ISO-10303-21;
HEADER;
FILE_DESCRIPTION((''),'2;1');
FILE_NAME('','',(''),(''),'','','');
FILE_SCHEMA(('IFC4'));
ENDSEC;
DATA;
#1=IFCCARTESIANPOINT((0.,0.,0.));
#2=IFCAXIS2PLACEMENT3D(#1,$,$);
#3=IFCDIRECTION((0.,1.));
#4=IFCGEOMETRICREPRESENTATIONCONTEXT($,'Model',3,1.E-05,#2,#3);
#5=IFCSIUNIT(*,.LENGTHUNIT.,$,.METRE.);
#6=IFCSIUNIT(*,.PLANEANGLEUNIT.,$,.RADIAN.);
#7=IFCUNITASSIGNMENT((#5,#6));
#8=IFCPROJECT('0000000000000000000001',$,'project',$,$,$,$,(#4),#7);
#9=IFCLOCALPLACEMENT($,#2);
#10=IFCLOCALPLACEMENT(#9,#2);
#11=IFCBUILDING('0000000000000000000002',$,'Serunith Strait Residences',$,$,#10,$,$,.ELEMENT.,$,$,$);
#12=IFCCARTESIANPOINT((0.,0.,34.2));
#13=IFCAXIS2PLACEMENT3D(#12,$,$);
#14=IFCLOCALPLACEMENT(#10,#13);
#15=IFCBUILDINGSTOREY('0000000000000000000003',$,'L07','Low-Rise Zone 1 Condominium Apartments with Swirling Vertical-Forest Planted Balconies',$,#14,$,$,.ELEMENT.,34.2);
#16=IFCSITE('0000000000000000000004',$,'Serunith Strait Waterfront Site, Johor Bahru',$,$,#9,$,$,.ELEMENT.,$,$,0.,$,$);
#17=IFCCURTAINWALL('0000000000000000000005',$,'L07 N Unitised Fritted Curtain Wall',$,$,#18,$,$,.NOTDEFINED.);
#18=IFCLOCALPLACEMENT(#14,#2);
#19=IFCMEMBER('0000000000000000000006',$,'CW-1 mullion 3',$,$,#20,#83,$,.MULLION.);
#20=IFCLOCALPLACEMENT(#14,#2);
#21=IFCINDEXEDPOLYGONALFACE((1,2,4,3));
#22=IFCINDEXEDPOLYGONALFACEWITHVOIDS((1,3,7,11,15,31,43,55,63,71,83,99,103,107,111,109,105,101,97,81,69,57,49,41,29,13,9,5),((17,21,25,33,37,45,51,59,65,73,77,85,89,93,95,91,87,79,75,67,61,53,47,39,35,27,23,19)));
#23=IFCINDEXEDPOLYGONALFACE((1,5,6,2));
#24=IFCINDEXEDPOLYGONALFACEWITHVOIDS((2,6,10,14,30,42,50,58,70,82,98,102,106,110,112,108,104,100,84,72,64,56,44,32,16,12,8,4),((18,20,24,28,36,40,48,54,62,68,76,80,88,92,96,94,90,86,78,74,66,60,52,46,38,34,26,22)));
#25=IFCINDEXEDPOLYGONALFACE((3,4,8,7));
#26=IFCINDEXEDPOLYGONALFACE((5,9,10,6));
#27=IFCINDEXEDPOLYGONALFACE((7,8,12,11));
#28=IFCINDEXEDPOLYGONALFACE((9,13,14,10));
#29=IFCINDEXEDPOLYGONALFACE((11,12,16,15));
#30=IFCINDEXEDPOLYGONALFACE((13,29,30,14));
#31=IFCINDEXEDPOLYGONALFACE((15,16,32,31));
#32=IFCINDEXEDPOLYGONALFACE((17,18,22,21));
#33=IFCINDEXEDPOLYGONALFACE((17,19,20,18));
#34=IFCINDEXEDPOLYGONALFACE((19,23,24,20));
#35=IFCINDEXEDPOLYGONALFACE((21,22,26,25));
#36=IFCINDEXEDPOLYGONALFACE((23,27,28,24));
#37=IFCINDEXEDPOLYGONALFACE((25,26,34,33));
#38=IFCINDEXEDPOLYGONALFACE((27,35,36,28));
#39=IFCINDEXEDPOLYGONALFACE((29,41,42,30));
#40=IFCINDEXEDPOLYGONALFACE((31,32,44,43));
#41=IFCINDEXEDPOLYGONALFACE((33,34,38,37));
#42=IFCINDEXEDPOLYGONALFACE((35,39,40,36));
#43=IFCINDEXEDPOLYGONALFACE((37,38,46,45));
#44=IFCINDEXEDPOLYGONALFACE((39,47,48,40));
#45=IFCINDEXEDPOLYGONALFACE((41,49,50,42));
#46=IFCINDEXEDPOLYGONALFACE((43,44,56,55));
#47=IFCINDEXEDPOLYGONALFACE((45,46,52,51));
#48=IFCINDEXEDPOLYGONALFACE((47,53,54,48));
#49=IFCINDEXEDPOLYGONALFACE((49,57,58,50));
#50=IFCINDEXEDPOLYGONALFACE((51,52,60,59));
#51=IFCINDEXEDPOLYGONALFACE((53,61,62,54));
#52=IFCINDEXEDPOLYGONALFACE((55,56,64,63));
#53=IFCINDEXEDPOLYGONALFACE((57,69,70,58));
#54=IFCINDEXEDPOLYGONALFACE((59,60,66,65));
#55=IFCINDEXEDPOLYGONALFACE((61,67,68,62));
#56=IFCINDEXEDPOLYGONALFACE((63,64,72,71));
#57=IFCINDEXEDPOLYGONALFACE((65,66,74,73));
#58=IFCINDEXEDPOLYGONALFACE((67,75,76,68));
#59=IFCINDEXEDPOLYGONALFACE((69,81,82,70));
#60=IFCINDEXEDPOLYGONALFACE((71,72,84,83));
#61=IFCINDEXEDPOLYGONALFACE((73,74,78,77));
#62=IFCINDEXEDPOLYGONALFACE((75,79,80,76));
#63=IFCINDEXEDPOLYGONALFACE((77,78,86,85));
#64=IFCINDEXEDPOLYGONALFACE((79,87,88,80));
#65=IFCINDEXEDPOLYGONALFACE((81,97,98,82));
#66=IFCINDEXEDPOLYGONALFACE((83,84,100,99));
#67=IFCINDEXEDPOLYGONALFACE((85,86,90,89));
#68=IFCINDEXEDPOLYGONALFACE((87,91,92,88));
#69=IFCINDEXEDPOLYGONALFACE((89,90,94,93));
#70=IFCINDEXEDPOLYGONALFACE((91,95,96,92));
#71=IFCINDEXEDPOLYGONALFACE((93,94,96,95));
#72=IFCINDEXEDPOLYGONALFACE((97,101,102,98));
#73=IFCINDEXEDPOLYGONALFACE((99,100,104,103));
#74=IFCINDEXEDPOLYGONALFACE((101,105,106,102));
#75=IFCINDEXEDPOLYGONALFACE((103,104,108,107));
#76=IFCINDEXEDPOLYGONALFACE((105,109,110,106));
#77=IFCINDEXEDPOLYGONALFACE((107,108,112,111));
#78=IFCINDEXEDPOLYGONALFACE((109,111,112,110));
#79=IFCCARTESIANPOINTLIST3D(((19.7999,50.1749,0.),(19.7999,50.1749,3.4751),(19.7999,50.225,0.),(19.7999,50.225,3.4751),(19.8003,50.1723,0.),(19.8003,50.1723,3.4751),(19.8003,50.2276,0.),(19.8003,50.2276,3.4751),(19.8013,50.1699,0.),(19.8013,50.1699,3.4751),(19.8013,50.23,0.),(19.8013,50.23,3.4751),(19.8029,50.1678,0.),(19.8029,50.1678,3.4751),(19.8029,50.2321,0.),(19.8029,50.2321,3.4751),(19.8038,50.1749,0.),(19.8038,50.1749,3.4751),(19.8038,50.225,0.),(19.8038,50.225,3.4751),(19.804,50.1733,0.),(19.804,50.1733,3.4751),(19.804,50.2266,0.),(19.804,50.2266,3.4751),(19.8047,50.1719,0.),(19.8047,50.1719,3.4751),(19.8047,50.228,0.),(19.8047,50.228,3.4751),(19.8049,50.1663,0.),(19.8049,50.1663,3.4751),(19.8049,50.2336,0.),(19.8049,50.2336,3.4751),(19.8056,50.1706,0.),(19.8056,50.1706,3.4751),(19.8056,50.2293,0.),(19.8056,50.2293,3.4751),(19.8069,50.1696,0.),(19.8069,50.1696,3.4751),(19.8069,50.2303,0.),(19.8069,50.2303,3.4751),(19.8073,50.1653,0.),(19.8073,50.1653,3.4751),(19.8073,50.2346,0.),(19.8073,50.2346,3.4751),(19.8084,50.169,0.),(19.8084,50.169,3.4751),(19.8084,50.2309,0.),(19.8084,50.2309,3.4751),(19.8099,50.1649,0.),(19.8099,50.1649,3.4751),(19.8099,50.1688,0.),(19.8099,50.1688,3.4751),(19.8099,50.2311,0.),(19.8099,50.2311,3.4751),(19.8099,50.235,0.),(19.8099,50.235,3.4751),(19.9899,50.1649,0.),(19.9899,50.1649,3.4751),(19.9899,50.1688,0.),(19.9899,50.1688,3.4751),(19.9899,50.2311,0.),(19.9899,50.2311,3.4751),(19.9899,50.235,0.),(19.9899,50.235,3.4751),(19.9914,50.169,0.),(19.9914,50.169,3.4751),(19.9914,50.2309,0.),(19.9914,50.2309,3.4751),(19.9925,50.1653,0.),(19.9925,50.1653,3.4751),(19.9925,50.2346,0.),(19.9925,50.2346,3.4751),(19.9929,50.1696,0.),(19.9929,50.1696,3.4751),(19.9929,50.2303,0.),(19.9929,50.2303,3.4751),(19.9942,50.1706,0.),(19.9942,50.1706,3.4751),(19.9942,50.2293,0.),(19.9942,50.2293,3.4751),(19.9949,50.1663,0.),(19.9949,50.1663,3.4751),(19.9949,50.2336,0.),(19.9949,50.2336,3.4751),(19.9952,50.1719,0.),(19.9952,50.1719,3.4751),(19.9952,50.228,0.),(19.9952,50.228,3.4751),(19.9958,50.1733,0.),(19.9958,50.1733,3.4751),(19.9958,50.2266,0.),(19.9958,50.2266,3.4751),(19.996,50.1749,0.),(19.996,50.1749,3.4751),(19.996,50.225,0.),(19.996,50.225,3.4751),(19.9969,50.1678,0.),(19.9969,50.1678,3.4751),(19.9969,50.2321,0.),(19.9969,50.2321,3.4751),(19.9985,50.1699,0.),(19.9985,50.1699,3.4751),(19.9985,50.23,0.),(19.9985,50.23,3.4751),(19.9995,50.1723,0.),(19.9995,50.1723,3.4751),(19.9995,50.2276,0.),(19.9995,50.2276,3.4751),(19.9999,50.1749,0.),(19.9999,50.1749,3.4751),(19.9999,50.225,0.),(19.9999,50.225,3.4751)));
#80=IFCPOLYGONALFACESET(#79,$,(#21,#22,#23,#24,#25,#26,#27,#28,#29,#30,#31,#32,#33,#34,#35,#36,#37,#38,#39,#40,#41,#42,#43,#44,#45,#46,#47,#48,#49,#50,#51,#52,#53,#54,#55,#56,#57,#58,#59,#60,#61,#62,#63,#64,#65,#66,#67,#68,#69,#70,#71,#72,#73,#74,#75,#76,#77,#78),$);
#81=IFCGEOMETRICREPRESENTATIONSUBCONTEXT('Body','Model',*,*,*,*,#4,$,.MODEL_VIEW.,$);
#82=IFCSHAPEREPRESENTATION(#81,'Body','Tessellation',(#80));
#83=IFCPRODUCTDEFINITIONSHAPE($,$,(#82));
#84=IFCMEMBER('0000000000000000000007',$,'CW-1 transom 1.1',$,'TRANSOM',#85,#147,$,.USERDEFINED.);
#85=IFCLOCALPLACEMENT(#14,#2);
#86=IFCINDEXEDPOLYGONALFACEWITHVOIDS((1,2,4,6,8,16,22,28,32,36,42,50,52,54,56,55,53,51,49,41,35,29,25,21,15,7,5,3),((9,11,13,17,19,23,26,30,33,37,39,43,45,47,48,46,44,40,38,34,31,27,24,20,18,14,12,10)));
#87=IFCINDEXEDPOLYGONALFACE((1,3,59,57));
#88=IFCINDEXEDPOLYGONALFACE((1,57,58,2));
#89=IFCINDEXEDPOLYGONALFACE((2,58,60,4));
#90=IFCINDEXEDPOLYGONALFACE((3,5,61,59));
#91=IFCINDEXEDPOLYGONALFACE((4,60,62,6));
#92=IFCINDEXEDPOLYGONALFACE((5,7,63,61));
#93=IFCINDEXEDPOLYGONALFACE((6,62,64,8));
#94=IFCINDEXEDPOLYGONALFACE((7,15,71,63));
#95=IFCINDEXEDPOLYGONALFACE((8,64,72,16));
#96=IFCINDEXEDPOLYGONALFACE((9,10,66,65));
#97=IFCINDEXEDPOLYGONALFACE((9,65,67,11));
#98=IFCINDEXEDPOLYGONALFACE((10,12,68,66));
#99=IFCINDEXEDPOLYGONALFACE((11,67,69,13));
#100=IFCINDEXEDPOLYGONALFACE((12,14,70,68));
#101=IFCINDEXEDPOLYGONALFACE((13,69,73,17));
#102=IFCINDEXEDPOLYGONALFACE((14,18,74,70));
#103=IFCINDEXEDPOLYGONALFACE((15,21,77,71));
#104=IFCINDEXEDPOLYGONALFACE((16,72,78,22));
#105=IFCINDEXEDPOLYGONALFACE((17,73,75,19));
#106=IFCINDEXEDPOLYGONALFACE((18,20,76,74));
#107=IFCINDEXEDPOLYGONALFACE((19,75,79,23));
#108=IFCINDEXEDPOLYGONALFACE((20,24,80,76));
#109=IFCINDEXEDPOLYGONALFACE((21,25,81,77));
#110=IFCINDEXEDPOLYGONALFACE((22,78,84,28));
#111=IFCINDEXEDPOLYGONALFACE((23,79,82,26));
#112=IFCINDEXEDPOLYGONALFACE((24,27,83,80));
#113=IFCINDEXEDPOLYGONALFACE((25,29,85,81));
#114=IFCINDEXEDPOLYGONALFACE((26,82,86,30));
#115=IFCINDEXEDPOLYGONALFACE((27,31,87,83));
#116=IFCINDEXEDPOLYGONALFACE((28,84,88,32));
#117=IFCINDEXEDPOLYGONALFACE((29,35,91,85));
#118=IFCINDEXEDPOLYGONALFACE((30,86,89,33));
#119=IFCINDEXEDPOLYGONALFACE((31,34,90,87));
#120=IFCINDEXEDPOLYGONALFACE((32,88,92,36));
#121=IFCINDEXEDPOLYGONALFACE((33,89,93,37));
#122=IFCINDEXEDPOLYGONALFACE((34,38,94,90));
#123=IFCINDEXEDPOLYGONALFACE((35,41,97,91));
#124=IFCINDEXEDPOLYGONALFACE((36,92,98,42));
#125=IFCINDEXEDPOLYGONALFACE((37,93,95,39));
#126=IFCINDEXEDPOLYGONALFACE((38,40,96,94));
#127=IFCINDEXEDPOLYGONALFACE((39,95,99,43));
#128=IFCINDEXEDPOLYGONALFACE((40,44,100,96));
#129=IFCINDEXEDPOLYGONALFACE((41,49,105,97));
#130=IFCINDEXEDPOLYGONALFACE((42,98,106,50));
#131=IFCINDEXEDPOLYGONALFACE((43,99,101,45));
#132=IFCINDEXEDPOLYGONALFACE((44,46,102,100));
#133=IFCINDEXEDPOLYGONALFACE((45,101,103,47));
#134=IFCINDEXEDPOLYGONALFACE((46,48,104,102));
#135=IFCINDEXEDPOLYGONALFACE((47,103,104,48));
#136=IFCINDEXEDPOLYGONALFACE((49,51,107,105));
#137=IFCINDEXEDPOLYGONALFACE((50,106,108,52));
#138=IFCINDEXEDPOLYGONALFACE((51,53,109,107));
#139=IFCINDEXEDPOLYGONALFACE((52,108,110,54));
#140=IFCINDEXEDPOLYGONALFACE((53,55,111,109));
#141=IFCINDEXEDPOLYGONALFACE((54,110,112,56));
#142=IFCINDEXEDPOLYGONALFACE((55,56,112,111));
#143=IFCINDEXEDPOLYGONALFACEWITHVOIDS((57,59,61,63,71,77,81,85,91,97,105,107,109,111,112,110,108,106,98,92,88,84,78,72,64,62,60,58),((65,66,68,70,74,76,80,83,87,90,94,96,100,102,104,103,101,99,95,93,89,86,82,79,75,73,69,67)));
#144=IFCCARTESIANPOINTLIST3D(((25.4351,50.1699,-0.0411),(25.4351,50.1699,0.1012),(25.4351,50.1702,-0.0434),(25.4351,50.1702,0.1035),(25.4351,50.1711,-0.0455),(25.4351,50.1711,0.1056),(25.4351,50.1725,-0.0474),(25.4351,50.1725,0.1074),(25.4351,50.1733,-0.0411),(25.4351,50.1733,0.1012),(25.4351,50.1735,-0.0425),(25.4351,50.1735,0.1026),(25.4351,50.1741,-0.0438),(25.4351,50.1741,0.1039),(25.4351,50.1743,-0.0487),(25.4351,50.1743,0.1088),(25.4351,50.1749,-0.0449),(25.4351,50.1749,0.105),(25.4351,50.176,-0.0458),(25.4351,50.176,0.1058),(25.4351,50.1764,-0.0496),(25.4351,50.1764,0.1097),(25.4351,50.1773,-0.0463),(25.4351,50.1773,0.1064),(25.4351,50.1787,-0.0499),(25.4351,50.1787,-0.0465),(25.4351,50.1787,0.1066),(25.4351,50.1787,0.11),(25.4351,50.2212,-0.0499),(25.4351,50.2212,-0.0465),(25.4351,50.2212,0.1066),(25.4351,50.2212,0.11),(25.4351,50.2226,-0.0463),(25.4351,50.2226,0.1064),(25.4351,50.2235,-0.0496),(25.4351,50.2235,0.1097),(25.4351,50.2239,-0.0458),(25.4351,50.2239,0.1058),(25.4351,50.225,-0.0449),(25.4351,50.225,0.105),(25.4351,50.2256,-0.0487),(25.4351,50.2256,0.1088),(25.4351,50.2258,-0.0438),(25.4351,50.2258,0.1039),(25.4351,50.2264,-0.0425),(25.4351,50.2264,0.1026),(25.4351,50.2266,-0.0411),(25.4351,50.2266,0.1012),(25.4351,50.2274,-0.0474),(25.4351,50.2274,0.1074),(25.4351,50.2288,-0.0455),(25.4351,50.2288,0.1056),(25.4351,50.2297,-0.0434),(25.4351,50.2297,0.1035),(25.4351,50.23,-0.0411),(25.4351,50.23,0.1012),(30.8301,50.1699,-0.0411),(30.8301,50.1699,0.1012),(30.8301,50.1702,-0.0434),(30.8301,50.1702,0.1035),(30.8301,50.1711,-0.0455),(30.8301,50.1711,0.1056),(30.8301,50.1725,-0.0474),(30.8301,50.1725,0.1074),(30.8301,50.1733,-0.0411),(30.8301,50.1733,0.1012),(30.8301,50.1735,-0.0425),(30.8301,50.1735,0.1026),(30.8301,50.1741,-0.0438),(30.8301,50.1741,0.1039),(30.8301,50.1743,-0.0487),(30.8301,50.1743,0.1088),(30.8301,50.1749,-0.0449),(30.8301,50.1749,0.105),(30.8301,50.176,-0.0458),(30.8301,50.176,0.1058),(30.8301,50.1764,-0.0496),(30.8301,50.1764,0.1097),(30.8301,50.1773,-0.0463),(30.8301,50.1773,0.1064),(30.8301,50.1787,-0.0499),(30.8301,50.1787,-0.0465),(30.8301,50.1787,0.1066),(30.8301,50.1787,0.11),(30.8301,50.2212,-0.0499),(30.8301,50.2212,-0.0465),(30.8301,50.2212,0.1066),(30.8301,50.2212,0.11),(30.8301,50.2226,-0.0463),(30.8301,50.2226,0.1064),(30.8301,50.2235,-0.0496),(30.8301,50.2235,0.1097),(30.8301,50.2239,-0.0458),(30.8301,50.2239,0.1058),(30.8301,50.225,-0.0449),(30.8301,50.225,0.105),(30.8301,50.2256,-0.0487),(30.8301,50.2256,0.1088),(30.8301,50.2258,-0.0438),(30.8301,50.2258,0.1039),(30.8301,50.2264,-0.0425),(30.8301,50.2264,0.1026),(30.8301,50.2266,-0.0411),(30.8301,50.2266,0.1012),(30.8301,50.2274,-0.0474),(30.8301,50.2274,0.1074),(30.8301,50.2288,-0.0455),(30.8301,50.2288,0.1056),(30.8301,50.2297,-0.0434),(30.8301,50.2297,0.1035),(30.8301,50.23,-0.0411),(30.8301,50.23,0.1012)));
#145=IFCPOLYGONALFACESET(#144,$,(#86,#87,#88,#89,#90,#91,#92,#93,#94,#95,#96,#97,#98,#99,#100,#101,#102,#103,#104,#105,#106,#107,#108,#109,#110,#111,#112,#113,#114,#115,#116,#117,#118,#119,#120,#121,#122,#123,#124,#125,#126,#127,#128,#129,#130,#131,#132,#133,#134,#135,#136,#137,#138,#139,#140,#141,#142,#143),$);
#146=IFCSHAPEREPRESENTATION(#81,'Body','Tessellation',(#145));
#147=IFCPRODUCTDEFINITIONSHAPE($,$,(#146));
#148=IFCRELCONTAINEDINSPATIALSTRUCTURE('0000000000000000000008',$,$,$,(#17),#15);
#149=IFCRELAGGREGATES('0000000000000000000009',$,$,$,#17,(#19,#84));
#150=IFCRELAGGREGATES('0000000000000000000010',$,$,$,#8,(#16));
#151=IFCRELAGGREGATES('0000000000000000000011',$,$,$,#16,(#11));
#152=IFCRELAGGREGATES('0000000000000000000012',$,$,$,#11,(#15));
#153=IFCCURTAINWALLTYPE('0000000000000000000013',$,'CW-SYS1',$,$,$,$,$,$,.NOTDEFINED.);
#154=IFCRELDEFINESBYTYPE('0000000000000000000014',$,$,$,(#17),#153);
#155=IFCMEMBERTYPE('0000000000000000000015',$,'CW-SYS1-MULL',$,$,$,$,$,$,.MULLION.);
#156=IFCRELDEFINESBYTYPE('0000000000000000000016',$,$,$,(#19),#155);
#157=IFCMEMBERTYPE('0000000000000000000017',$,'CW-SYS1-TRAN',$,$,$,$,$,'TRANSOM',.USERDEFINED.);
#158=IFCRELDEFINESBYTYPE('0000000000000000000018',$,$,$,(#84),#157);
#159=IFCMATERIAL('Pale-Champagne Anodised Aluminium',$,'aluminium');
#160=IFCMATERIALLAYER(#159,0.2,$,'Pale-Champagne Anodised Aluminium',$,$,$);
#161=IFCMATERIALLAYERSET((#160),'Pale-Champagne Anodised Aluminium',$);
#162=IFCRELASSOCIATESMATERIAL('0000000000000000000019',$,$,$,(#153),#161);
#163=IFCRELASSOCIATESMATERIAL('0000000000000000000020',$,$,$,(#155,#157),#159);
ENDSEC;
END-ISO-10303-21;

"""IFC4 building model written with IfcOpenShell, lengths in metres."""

from ifc_helpers import new_model, si_unit, direction, frame, origin, origin_2d, place, context, subcontext, project, spatial, hollow_rectangle, extrude, source, transform, mapped, material, layer, layer_set, material_profile, profile_set, type_object, element, aggregate, save


model = new_model("IFC4")

# Units and contexts
model_context = context("Model", 3, precision=1e-05, world=origin(), true_north=direction((0.0, 1.0)))
body_context = subcontext(model_context, "Body", "Model", "MODEL_VIEW")
ifc_project = project(units=[si_unit("LENGTHUNIT", "METRE"), si_unit("PLANEANGLEUNIT", "RADIAN")], contexts=[model_context])

# Site, building, storey
site_placement = place(None, origin())
site = spatial("IfcSite", under=ifc_project, at=site_placement, Name="Serunith Strait Waterfront Site, Johor Bahru", CompositionType="ELEMENT", RefElevation=0.0)
building_placement = place(site_placement, origin())
building = spatial("IfcBuilding", under=site, at=building_placement, Name="Serunith Strait Residences", CompositionType="ELEMENT")
storey_placement = place(building_placement, frame((0.0, 0.0, 34.2)))
storey = spatial("IfcBuildingStorey", under=building, at=storey_placement, Name="L07", Description="Low-Rise Zone 1 Condominium Apartments with Swirling Vertical-Forest Planted Balconies", CompositionType="ELEMENT", Elevation=34.2)

# Curtain wall, members
ifc_material_1 = material(Name="Pale-Champagne Anodised Aluminium", Category="aluminium")
ifc_layer_1 = layer(ifc_material_1, 0.2, Name="Pale-Champagne Anodised Aluminium")
ifc_layer_set_1 = layer_set([ifc_layer_1], Name="Pale-Champagne Anodised Aluminium")
curtain_wall_type = type_object("IfcCurtainWallType", Name="CW-SYS1", PredefinedType="NOTDEFINED", material=ifc_layer_set_1)
curtain_wall_placement = place(storey_placement, origin())
curtain_wall = element("IfcCurtainWall", 1, at=curtain_wall_placement, inside=storey, type_object=curtain_wall_type, Name="L07 N Unitised Fritted Curtain Wall", PredefinedType="NOTDEFINED")
ifc_material_profile_1 = material_profile(ifc_material_1, hollow_rectangle(XDim=0.0701, YDim=0.2, WallThickness=0.0039, InnerFilletRadius=0.0061, OuterFilletRadius=0.01, at=origin_2d()), Name="ALU 200x70x4")
ifc_profile_set_1 = profile_set([ifc_material_profile_1], Name="Pale-Champagne Anodised Aluminium")
member_type_1 = type_object("IfcMemberType", Name="CW-SYS1-MULL", PredefinedType="MULLION", material=ifc_profile_set_1)
shared_shape_1 = source(origin(), body_context, "Body", "SweptSolid", [
    extrude(hollow_rectangle(XDim=0.0701, YDim=0.2, WallThickness=0.0039, InnerFilletRadius=0.0061, OuterFilletRadius=0.01, at=origin_2d()), origin(), (0.0, 0.0, 1.0), 3.4751),
])
member_1_placement = place(storey_placement, frame((19.8999, 50.2, 0.0), z_axis=(0.0, 0.0, 1.0), x_axis=(0.0, -1.0, 0.0)))
member_1 = element("IfcMember", 2, at=member_1_placement, type_object=member_type_1, Name="CW-1 mullion 3", PredefinedType="MULLION", context=body_context, shape_type="MappedRepresentation", body=[
    mapped(shared_shape_1, transform((0.0, 0.0, 0.0), scale=1.0)),
])
ifc_material_profile_2 = material_profile(ifc_material_1, hollow_rectangle(XDim=0.0601, YDim=0.1599, WallThickness=0.0034, InnerFilletRadius=0.0054, OuterFilletRadius=0.0088, at=origin_2d()), Name="ALU 160x60x3.5")
ifc_profile_set_2 = profile_set([ifc_material_profile_2], Name="Pale-Champagne Anodised Aluminium")
member_type_2 = type_object("IfcMemberType", Name="CW-SYS1-TRAN", ElementType="TRANSOM", PredefinedType="USERDEFINED", material=ifc_profile_set_2)
shared_shape_2 = source(origin(), body_context, "Body", "SweptSolid", [
    extrude(hollow_rectangle(XDim=0.0601, YDim=0.1599, WallThickness=0.0034, InnerFilletRadius=0.0054, OuterFilletRadius=0.0088, at=origin_2d()), origin(), (0.0, 0.0, 1.0), 5.395),
])
member_2_placement = place(storey_placement, frame((30.8301, 50.2, 0.03), z_axis=(-1.0, 0.0, 0.0), x_axis=(0.0, -1.0, 0.0)))
member_2 = element("IfcMember", 3, at=member_2_placement, type_object=member_type_2, Name="CW-1 transom 1.1", ObjectType="TRANSOM", PredefinedType="USERDEFINED", context=body_context, shape_type="MappedRepresentation", body=[
    mapped(shared_shape_2, transform((0.0, 0.0, 0.0), scale=1.0)),
])
aggregate(curtain_wall, [member_1, member_2])

save(model, "model.ifc")
